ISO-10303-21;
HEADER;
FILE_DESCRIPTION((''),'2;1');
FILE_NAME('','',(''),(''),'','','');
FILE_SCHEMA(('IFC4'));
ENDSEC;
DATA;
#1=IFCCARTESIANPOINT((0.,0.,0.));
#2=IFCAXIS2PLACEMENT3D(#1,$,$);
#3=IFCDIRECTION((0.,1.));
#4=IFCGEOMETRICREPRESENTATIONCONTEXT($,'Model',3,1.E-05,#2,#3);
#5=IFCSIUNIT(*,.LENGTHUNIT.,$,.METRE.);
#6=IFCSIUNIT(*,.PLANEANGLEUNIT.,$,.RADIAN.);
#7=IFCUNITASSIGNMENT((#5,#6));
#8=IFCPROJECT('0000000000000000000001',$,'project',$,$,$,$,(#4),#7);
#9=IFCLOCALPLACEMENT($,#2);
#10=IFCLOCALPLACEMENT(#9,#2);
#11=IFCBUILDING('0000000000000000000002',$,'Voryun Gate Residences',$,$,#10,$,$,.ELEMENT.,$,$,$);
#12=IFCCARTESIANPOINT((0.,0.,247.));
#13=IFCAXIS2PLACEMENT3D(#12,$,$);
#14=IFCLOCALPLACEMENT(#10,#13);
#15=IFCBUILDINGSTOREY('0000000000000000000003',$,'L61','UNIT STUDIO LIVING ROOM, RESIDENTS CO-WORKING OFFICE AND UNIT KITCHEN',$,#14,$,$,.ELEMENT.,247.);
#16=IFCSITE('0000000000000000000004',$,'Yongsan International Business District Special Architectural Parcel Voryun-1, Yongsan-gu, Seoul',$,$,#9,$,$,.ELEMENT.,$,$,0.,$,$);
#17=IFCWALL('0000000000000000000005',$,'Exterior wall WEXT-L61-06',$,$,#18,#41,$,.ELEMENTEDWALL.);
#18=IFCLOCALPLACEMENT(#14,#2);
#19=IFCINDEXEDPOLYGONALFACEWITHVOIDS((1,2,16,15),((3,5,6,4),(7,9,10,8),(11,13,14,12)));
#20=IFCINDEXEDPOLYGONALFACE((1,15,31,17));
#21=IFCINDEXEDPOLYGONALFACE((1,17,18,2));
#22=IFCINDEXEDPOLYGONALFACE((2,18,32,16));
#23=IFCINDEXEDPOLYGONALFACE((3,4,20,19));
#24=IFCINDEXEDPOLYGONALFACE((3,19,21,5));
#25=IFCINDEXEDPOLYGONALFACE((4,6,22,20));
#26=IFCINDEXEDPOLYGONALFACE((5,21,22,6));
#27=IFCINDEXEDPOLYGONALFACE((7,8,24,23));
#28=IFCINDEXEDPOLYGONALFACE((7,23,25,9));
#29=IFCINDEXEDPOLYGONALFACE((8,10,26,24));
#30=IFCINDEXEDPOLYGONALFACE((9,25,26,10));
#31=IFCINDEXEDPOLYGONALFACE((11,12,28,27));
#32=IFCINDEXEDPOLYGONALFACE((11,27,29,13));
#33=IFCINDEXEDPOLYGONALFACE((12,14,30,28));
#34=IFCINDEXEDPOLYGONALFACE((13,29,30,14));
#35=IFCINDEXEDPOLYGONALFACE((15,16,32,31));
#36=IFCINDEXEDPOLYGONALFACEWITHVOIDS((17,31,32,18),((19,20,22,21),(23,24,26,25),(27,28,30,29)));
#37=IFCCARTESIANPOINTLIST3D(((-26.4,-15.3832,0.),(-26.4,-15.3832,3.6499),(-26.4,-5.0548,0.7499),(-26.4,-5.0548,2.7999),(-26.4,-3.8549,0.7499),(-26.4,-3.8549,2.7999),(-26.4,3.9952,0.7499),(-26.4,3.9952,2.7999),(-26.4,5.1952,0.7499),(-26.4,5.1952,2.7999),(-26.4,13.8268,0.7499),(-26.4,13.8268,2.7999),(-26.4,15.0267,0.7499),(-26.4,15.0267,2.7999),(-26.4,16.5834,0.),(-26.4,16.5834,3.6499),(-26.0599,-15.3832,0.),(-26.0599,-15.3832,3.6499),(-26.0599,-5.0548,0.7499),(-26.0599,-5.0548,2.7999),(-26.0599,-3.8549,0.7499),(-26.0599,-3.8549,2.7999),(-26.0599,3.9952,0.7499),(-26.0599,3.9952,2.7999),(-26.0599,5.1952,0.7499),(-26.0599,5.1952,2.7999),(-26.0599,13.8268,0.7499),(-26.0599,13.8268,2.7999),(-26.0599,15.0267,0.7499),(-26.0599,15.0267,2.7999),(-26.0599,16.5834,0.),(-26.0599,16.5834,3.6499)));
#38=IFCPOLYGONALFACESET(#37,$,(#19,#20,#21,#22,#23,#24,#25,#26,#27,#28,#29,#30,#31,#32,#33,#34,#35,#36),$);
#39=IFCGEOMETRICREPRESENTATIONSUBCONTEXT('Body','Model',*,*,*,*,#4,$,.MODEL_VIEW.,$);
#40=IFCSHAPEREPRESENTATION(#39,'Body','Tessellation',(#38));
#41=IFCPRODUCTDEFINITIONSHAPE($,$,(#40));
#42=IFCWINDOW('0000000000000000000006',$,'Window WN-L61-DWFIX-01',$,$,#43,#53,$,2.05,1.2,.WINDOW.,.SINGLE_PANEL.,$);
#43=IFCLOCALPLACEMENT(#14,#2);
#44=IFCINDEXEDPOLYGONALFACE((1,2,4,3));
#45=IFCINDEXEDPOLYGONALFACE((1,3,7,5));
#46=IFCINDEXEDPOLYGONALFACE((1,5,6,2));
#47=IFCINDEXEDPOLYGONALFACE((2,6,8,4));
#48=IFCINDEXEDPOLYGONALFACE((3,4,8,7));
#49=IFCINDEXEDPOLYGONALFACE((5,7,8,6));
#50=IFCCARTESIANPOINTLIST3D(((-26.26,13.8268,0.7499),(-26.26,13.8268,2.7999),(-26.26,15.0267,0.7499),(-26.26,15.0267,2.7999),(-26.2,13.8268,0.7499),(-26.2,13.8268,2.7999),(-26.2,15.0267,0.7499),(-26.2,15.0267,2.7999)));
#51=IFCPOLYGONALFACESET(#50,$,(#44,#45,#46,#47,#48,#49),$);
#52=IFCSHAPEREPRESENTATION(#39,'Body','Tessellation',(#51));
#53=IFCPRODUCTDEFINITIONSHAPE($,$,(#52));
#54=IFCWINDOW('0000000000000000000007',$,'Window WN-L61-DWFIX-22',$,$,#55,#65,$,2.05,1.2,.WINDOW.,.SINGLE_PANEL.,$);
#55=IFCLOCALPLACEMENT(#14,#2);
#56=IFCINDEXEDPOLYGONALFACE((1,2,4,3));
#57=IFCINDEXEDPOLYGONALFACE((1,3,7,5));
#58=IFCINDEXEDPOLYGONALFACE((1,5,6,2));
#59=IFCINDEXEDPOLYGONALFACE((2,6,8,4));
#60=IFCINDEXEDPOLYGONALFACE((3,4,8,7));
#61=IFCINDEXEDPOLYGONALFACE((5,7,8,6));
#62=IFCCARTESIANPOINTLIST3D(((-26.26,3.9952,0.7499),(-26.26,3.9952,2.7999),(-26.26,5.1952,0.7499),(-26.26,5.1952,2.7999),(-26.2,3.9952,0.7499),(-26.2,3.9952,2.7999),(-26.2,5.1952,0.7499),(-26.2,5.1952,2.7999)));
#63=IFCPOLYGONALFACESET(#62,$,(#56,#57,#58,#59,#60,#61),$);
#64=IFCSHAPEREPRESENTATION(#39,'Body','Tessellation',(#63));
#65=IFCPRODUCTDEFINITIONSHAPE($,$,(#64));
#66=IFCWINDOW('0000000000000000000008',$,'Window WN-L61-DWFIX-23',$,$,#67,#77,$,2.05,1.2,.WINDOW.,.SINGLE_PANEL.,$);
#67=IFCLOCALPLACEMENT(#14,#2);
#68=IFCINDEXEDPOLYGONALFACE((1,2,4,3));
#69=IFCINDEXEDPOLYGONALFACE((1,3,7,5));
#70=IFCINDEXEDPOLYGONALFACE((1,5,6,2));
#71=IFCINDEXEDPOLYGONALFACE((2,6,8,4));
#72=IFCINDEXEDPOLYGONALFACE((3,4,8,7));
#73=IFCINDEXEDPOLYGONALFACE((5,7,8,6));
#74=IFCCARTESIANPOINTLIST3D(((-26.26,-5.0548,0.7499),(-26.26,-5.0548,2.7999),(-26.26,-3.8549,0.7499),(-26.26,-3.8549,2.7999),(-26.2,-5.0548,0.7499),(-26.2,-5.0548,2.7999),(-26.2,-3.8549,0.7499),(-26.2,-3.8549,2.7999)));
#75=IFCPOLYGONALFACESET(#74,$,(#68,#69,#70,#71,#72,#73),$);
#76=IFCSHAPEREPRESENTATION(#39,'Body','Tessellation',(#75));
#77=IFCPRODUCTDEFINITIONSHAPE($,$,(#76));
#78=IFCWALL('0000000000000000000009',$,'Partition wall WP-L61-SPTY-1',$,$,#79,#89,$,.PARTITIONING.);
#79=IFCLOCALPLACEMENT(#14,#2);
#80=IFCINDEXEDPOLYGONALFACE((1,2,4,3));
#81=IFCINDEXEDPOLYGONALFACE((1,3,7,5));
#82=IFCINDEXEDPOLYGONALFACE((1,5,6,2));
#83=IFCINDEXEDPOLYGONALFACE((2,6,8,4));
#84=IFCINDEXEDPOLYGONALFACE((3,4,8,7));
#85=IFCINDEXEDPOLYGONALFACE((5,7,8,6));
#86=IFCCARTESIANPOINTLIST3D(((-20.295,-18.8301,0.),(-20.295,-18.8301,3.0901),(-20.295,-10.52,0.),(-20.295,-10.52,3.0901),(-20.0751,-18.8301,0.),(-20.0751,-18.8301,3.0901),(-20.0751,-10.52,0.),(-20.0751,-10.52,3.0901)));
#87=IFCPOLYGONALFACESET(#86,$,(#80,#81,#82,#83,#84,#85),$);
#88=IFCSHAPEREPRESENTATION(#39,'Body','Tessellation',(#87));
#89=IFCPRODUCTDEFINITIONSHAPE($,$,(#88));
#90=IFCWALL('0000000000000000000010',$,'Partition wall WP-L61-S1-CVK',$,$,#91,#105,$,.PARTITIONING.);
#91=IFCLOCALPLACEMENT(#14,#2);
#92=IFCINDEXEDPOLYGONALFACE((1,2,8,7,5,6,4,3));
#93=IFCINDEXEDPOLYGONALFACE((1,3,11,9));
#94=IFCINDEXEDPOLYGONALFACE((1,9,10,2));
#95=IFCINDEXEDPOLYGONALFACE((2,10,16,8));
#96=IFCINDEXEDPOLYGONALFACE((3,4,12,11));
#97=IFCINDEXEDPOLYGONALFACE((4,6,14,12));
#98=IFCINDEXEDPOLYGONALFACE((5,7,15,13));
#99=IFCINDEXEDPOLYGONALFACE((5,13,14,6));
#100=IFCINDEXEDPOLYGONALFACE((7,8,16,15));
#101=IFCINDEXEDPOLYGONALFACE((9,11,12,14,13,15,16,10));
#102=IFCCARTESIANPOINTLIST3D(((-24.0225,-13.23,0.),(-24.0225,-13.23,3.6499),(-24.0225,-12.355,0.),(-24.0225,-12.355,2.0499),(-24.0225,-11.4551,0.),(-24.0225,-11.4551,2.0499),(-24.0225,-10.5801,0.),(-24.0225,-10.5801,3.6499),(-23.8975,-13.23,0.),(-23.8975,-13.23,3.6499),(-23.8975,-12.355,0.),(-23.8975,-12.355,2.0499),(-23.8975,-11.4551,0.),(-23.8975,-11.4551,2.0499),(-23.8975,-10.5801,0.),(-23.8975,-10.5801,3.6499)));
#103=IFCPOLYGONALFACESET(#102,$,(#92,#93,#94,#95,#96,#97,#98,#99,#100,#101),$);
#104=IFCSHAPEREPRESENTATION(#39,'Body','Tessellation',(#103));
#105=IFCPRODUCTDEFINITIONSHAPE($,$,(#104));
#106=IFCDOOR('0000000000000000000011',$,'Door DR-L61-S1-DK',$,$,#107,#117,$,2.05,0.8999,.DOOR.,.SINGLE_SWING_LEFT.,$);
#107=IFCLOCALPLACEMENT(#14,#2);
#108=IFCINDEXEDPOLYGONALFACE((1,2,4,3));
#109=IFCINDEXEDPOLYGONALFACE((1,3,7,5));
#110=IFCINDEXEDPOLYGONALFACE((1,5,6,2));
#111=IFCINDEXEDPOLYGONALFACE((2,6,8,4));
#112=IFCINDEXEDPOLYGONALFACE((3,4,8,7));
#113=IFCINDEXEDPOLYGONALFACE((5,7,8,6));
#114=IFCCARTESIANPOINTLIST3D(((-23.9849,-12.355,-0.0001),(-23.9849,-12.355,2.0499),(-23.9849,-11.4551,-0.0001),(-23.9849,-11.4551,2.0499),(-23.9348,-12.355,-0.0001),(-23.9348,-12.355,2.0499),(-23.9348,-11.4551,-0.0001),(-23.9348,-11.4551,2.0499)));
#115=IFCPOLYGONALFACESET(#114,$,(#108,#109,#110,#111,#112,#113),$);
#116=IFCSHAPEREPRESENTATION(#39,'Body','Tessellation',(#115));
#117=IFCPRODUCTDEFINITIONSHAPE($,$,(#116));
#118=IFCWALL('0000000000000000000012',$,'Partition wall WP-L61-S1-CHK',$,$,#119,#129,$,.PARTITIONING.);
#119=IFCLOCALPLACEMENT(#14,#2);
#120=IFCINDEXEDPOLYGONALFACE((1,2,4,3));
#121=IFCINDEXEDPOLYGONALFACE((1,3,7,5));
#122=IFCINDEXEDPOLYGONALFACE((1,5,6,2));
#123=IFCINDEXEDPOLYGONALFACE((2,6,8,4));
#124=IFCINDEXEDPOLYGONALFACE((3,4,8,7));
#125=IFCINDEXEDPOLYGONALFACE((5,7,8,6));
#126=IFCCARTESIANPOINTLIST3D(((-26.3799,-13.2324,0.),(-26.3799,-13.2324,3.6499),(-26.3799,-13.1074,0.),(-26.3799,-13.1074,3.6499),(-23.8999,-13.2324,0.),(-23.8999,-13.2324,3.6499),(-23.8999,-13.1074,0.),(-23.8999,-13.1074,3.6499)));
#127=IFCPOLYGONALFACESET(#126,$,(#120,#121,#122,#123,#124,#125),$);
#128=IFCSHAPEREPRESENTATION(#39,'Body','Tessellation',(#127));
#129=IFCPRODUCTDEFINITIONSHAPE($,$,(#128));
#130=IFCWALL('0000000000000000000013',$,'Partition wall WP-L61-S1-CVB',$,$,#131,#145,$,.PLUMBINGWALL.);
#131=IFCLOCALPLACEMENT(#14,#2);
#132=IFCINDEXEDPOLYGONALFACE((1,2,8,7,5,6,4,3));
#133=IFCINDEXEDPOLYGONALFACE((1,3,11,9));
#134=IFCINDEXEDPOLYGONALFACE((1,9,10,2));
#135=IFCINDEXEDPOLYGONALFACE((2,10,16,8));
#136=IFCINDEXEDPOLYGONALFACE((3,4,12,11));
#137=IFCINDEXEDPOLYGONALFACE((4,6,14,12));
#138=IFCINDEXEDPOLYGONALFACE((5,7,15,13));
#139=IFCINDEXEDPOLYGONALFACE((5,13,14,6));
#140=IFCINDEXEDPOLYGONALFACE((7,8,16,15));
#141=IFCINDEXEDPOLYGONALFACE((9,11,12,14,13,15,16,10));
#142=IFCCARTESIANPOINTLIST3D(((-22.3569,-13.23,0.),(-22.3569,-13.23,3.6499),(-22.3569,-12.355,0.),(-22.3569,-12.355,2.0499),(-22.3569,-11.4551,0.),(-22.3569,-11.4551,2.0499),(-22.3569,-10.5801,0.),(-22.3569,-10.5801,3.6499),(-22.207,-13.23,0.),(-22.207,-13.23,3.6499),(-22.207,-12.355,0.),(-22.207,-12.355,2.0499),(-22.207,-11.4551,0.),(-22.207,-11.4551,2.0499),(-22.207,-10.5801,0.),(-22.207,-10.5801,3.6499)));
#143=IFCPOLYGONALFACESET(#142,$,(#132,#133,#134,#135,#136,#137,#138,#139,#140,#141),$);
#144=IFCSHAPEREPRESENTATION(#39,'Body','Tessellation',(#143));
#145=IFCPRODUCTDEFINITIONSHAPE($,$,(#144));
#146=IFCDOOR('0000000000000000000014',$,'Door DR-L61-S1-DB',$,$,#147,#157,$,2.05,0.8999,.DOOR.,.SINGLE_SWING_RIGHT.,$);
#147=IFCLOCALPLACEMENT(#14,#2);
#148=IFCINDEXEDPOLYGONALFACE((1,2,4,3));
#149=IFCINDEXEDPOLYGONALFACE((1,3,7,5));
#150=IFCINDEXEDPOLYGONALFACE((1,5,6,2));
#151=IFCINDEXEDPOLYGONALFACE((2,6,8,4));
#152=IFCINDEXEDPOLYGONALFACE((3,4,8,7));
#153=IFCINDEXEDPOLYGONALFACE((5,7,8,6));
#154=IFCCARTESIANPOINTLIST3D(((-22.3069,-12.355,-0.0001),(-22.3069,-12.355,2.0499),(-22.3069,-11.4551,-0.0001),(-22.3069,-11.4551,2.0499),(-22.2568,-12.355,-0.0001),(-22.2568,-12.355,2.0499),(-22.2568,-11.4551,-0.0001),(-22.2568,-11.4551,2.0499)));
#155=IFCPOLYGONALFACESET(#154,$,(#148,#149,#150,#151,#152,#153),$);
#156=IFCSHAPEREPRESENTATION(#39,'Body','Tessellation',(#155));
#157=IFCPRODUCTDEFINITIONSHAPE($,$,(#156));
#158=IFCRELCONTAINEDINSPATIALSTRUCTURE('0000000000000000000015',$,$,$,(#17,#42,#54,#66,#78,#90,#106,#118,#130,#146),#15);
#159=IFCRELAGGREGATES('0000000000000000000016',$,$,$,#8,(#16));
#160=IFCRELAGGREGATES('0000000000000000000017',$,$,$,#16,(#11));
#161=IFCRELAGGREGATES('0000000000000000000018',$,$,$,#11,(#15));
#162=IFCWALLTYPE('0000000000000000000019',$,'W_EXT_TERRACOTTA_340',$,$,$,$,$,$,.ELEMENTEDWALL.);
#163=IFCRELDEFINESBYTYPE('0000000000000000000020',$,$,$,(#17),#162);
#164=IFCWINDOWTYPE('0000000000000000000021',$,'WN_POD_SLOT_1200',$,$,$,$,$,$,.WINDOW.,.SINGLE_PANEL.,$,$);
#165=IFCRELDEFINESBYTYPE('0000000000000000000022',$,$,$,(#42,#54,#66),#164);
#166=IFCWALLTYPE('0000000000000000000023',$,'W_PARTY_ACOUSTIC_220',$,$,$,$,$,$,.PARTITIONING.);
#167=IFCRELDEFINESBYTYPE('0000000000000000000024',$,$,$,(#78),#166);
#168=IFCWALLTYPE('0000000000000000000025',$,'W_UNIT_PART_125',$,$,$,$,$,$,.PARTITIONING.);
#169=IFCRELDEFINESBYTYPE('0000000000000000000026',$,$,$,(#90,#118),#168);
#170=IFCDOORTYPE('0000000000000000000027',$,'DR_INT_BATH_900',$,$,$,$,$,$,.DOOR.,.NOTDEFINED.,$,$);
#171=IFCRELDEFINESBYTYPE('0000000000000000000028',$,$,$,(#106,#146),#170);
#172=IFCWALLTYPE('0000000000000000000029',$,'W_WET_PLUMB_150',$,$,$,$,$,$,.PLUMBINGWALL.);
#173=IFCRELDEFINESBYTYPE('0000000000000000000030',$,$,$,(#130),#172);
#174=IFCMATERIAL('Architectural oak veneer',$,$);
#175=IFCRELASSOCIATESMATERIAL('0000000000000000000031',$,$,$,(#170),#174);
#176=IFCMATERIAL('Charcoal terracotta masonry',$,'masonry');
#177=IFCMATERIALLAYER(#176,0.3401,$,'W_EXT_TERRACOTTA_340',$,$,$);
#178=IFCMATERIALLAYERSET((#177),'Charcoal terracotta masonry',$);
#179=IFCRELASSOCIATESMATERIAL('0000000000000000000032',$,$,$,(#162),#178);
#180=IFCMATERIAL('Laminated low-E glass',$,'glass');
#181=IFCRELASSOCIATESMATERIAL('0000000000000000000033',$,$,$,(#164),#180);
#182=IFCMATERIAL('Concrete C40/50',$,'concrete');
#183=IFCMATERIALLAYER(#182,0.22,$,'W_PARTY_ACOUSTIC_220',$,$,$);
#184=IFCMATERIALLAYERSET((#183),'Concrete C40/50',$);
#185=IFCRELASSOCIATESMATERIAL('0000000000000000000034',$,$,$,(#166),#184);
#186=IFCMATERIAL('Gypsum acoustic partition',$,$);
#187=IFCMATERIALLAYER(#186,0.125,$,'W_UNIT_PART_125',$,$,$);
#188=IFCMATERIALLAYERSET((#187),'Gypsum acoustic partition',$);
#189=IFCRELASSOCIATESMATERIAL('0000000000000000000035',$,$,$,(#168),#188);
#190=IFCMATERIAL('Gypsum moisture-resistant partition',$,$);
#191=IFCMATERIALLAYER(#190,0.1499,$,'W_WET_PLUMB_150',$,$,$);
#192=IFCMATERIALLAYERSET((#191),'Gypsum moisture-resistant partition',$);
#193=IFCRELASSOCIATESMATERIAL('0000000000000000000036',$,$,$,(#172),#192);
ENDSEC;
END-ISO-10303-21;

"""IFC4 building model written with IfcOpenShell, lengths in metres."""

from ifc_helpers import new_model, si_unit, direction, frame, frame_2d, origin, place, context, subcontext, project, spatial, rectangle, extrude, material, layer, layer_set, type_object, element, fill, save


model = new_model("IFC4")

# Units and contexts
model_context = context("Model", 3, precision=1e-05, world=origin(), true_north=direction((0.0, 1.0)))
body_context = subcontext(model_context, "Body", "Model", "MODEL_VIEW")
ifc_project = project(units=[si_unit("LENGTHUNIT", "METRE"), si_unit("PLANEANGLEUNIT", "RADIAN")], contexts=[model_context])

# Site, building, storey
site_placement = place(None, origin())
site = spatial("IfcSite", under=ifc_project, at=site_placement, Name="Yongsan International Business District Special Architectural Parcel Voryun-1, Yongsan-gu, Seoul", CompositionType="ELEMENT", RefElevation=0.0)
building_placement = place(site_placement, origin())
building = spatial("IfcBuilding", under=site, at=building_placement, Name="Voryun Gate Residences", CompositionType="ELEMENT")
storey_placement = place(building_placement, frame((0.0, 0.0, 247.0)))
storey = spatial("IfcBuildingStorey", under=building, at=storey_placement, Name="L61", Description="UNIT STUDIO LIVING ROOM, RESIDENTS CO-WORKING OFFICE AND UNIT KITCHEN", CompositionType="ELEMENT", Elevation=247.0)

# Shared definitions
ifc_material_1 = material(Name="Architectural oak veneer")
door_type_1 = type_object("IfcDoorType", Name="DR_INT_BATH_900", OperationType="NOTDEFINED", PredefinedType="DOOR", material=ifc_material_1)

# Shared definitions
ifc_material_2 = material(Name="Charcoal terracotta masonry", Category="masonry")
ifc_layer_1 = layer(ifc_material_2, 0.3401, Name="W_EXT_TERRACOTTA_340")
ifc_layer_set_1 = layer_set([ifc_layer_1], Name="Charcoal terracotta masonry")
wall_type_1 = type_object("IfcWallType", Name="W_EXT_TERRACOTTA_340", PredefinedType="ELEMENTEDWALL", material=ifc_layer_set_1)

# Wall, openings, windows
wall_1_placement = place(storey_placement, frame((-26.23, -15.3833, 0.0), z_axis=(0.0, 0.0, 1.0), x_axis=(0.0, 1.0, 0.0)))
wall_1 = element("IfcWall", 1, at=wall_1_placement, inside=storey, type_object=wall_type_1, Name="Exterior wall WEXT-L61-06", PredefinedType="ELEMENTEDWALL", context=body_context, shape_type="SweptSolid", body=[
    extrude(rectangle(XDim=31.9666, YDim=0.3401, at=frame_2d((15.9834, 0.0))), origin(), (0.0, 0.0, 1.0), 3.6499),
])
opening_1_placement = place(wall_1_placement, frame((29.21, 0.0, 0.75)))
opening_1 = element("IfcOpeningElement", 2, at=opening_1_placement, cuts=wall_1, PredefinedType="OPENING", context=body_context, shape_type="SweptSolid", body=[
    extrude(rectangle(XDim=1.2, YDim=2.05, at=frame_2d((0.6001, 1.0249))), frame((0.0, 0.1799, 0.0), z_axis=(0.0, -1.0, 0.0), x_axis=(1.0, 0.0, 0.0)), (0.0, 0.0, 1.0), 0.3601),
])
opening_2_placement = place(wall_1_placement, frame((19.3784, 0.0, 0.75)))
opening_2 = element("IfcOpeningElement", 3, at=opening_2_placement, cuts=wall_1, PredefinedType="OPENING", context=body_context, shape_type="SweptSolid", body=[
    extrude(rectangle(XDim=1.2, YDim=2.05, at=frame_2d((0.6001, 1.0249))), frame((0.0, 0.1799, 0.0), z_axis=(0.0, -1.0, 0.0), x_axis=(1.0, 0.0, 0.0)), (0.0, 0.0, 1.0), 0.3601),
])
opening_3_placement = place(wall_1_placement, frame((10.3284, 0.0, 0.75)))
opening_3 = element("IfcOpeningElement", 4, at=opening_3_placement, cuts=wall_1, PredefinedType="OPENING", context=body_context, shape_type="SweptSolid", body=[
    extrude(rectangle(XDim=1.2, YDim=2.05, at=frame_2d((0.6001, 1.0249))), frame((0.0, 0.1799, 0.0), z_axis=(0.0, -1.0, 0.0), x_axis=(1.0, 0.0, 0.0)), (0.0, 0.0, 1.0), 0.3601),
])
ifc_material_3 = material(Name="Laminated low-E glass", Category="glass")
window_type = type_object("IfcWindowType", Name="WN_POD_SLOT_1200", PartitioningType="SINGLE_PANEL", PredefinedType="WINDOW", material=ifc_material_3)
window_1_placement = place(opening_1_placement, origin())
window_1 = element("IfcWindow", 5, at=window_1_placement, inside=storey, type_object=window_type, Name="Window WN-L61-DWFIX-01", OverallHeight=2.05, OverallWidth=1.2, PartitioningType="SINGLE_PANEL", PredefinedType="WINDOW", context=body_context, shape_type="SweptSolid", body=[
    extrude(rectangle(XDim=1.2, YDim=2.05, at=frame_2d((0.6001, 1.0249))), frame((0.0, 0.03, 0.0), z_axis=(0.0, -1.0, 0.0), x_axis=(1.0, 0.0, 0.0)), (0.0, 0.0, 1.0), 0.0601),
])
fill(opening_1, window_1)
window_2_placement = place(opening_2_placement, origin())
window_2 = element("IfcWindow", 6, at=window_2_placement, inside=storey, type_object=window_type, Name="Window WN-L61-DWFIX-22", OverallHeight=2.05, OverallWidth=1.2, PartitioningType="SINGLE_PANEL", PredefinedType="WINDOW", context=body_context, shape_type="SweptSolid", body=[
    extrude(rectangle(XDim=1.2, YDim=2.05, at=frame_2d((0.6001, 1.0249))), frame((0.0, 0.03, 0.0), z_axis=(0.0, -1.0, 0.0), x_axis=(1.0, 0.0, 0.0)), (0.0, 0.0, 1.0), 0.0601),
])
fill(opening_2, window_2)
window_3_placement = place(opening_3_placement, origin())
window_3 = element("IfcWindow", 7, at=window_3_placement, inside=storey, type_object=window_type, Name="Window WN-L61-DWFIX-23", OverallHeight=2.05, OverallWidth=1.2, PartitioningType="SINGLE_PANEL", PredefinedType="WINDOW", context=body_context, shape_type="SweptSolid", body=[
    extrude(rectangle(XDim=1.2, YDim=2.05, at=frame_2d((0.6001, 1.0249))), frame((0.0, 0.03, 0.0), z_axis=(0.0, -1.0, 0.0), x_axis=(1.0, 0.0, 0.0)), (0.0, 0.0, 1.0), 0.0601),
])
fill(opening_3, window_3)

# Wall
ifc_material_4 = material(Name="Concrete C40/50", Category="concrete")
ifc_layer_2 = layer(ifc_material_4, 0.22, Name="W_PARTY_ACOUSTIC_220")
ifc_layer_set_2 = layer_set([ifc_layer_2], Name="Concrete C40/50")
wall_type_2 = type_object("IfcWallType", Name="W_PARTY_ACOUSTIC_220", PredefinedType="PARTITIONING", material=ifc_layer_set_2)
wall_2_placement = place(storey_placement, frame((-20.1851, -18.8301, 0.0), z_axis=(0.0, 0.0, 1.0), x_axis=(0.0, 1.0, 0.0)))
element("IfcWall", 8, at=wall_2_placement, inside=storey, type_object=wall_type_2, Name="Partition wall WP-L61-SPTY-1", PredefinedType="PARTITIONING", context=body_context, shape_type="SweptSolid", body=[
    extrude(rectangle(XDim=8.3101, YDim=0.22, at=frame_2d((4.155, 0.0))), origin(), (0.0, 0.0, 1.0), 3.0901),
])

# Wall, opening, door
ifc_material_5 = material(Name="Gypsum acoustic partition")
ifc_layer_3 = layer(ifc_material_5, 0.125, Name="W_UNIT_PART_125")
ifc_layer_set_3 = layer_set([ifc_layer_3], Name="Gypsum acoustic partition")
wall_type_3 = type_object("IfcWallType", Name="W_UNIT_PART_125", PredefinedType="PARTITIONING", material=ifc_layer_set_3)
wall_3_placement = place(storey_placement, frame((-23.96, -13.23, 0.0), z_axis=(0.0, 0.0, 1.0), x_axis=(0.0, 1.0, 0.0)))
wall_3 = element("IfcWall", 9, at=wall_3_placement, inside=storey, type_object=wall_type_3, Name="Partition wall WP-L61-S1-CVK", PredefinedType="PARTITIONING", context=body_context, shape_type="SweptSolid", body=[
    extrude(rectangle(XDim=2.6499, YDim=0.125, at=frame_2d((1.325, 0.0))), origin(), (0.0, 0.0, 1.0), 3.6499),
])
opening_4_placement = place(wall_3_placement, frame((0.875, 0.0, 0.0)))
opening_4 = element("IfcOpeningElement", 10, at=opening_4_placement, cuts=wall_3, PredefinedType="OPENING", context=body_context, shape_type="SweptSolid", body=[
    extrude(rectangle(XDim=0.8999, YDim=2.05, at=frame_2d((0.45, 1.0249))), frame((0.0, 0.0725, 0.0), z_axis=(0.0, -1.0, 0.0), x_axis=(1.0, 0.0, 0.0)), (0.0, 0.0, 1.0), 0.145),
])
door_1_placement = place(opening_4_placement, origin())
door_1 = element("IfcDoor", 11, at=door_1_placement, inside=storey, type_object=door_type_1, Name="Door DR-L61-S1-DK", OperationType="SINGLE_SWING_LEFT", OverallHeight=2.05, OverallWidth=0.8999, PredefinedType="DOOR", context=body_context, shape_type="SweptSolid", body=[
    extrude(rectangle(XDim=0.8999, YDim=2.05, at=frame_2d((0.45, 1.0249))), frame((0.0, 0.0249, 0.0), z_axis=(0.0, -1.0, 0.0), x_axis=(1.0, 0.0, 0.0)), (0.0, 0.0, 1.0), 0.05),
])
fill(opening_4, door_1)

# Wall
wall_4_placement = place(storey_placement, frame((-26.3799, -13.1699, 0.0), z_axis=(0.0, 0.0, 1.0), x_axis=(1.0, 0.0, 0.0)))
element("IfcWall", 12, at=wall_4_placement, inside=storey, type_object=wall_type_3, Name="Partition wall WP-L61-S1-CHK", PredefinedType="PARTITIONING", context=body_context, shape_type="SweptSolid", body=[
    extrude(rectangle(XDim=2.48, YDim=0.125, at=frame_2d((1.24, 0.0))), origin(), (0.0, 0.0, 1.0), 3.6499),
])

# Wall, opening, door
ifc_material_6 = material(Name="Gypsum moisture-resistant partition")
ifc_layer_4 = layer(ifc_material_6, 0.1499, Name="W_WET_PLUMB_150")
ifc_layer_set_4 = layer_set([ifc_layer_4], Name="Gypsum moisture-resistant partition")
wall_type_4 = type_object("IfcWallType", Name="W_WET_PLUMB_150", PredefinedType="PLUMBINGWALL", material=ifc_layer_set_4)
wall_5_placement = place(storey_placement, frame((-22.282, -13.23, 0.0), z_axis=(0.0, 0.0, 1.0), x_axis=(0.0, 1.0, 0.0)))
wall_5 = element("IfcWall", 13, at=wall_5_placement, inside=storey, type_object=wall_type_4, Name="Partition wall WP-L61-S1-CVB", PredefinedType="PLUMBINGWALL", context=body_context, shape_type="SweptSolid", body=[
    extrude(rectangle(XDim=2.6499, YDim=0.1499, at=frame_2d((1.325, 0.0))), origin(), (0.0, 0.0, 1.0), 3.6499),
])
opening_5_placement = place(wall_5_placement, frame((0.875, 0.0, 0.0)))
opening_5 = element("IfcOpeningElement", 14, at=opening_5_placement, cuts=wall_5, PredefinedType="OPENING", context=body_context, shape_type="SweptSolid", body=[
    extrude(rectangle(XDim=0.8999, YDim=2.05, at=frame_2d((0.45, 1.0249))), frame((0.0, 0.085, 0.0), z_axis=(0.0, -1.0, 0.0), x_axis=(1.0, 0.0, 0.0)), (0.0, 0.0, 1.0), 0.1699),
])
door_2_placement = place(opening_5_placement, origin())
door_2 = element("IfcDoor", 15, at=door_2_placement, inside=storey, type_object=door_type_1, Name="Door DR-L61-S1-DB", OperationType="SINGLE_SWING_RIGHT", OverallHeight=2.05, OverallWidth=0.8999, PredefinedType="DOOR", context=body_context, shape_type="SweptSolid", body=[
    extrude(rectangle(XDim=0.8999, YDim=2.05, at=frame_2d((0.45, 1.0249))), frame((0.0, 0.0249, 0.0), z_axis=(0.0, -1.0, 0.0), x_axis=(1.0, 0.0, 0.0)), (0.0, 0.0, 1.0), 0.05),
])
fill(opening_5, door_2)

save(model, "model.ifc")
